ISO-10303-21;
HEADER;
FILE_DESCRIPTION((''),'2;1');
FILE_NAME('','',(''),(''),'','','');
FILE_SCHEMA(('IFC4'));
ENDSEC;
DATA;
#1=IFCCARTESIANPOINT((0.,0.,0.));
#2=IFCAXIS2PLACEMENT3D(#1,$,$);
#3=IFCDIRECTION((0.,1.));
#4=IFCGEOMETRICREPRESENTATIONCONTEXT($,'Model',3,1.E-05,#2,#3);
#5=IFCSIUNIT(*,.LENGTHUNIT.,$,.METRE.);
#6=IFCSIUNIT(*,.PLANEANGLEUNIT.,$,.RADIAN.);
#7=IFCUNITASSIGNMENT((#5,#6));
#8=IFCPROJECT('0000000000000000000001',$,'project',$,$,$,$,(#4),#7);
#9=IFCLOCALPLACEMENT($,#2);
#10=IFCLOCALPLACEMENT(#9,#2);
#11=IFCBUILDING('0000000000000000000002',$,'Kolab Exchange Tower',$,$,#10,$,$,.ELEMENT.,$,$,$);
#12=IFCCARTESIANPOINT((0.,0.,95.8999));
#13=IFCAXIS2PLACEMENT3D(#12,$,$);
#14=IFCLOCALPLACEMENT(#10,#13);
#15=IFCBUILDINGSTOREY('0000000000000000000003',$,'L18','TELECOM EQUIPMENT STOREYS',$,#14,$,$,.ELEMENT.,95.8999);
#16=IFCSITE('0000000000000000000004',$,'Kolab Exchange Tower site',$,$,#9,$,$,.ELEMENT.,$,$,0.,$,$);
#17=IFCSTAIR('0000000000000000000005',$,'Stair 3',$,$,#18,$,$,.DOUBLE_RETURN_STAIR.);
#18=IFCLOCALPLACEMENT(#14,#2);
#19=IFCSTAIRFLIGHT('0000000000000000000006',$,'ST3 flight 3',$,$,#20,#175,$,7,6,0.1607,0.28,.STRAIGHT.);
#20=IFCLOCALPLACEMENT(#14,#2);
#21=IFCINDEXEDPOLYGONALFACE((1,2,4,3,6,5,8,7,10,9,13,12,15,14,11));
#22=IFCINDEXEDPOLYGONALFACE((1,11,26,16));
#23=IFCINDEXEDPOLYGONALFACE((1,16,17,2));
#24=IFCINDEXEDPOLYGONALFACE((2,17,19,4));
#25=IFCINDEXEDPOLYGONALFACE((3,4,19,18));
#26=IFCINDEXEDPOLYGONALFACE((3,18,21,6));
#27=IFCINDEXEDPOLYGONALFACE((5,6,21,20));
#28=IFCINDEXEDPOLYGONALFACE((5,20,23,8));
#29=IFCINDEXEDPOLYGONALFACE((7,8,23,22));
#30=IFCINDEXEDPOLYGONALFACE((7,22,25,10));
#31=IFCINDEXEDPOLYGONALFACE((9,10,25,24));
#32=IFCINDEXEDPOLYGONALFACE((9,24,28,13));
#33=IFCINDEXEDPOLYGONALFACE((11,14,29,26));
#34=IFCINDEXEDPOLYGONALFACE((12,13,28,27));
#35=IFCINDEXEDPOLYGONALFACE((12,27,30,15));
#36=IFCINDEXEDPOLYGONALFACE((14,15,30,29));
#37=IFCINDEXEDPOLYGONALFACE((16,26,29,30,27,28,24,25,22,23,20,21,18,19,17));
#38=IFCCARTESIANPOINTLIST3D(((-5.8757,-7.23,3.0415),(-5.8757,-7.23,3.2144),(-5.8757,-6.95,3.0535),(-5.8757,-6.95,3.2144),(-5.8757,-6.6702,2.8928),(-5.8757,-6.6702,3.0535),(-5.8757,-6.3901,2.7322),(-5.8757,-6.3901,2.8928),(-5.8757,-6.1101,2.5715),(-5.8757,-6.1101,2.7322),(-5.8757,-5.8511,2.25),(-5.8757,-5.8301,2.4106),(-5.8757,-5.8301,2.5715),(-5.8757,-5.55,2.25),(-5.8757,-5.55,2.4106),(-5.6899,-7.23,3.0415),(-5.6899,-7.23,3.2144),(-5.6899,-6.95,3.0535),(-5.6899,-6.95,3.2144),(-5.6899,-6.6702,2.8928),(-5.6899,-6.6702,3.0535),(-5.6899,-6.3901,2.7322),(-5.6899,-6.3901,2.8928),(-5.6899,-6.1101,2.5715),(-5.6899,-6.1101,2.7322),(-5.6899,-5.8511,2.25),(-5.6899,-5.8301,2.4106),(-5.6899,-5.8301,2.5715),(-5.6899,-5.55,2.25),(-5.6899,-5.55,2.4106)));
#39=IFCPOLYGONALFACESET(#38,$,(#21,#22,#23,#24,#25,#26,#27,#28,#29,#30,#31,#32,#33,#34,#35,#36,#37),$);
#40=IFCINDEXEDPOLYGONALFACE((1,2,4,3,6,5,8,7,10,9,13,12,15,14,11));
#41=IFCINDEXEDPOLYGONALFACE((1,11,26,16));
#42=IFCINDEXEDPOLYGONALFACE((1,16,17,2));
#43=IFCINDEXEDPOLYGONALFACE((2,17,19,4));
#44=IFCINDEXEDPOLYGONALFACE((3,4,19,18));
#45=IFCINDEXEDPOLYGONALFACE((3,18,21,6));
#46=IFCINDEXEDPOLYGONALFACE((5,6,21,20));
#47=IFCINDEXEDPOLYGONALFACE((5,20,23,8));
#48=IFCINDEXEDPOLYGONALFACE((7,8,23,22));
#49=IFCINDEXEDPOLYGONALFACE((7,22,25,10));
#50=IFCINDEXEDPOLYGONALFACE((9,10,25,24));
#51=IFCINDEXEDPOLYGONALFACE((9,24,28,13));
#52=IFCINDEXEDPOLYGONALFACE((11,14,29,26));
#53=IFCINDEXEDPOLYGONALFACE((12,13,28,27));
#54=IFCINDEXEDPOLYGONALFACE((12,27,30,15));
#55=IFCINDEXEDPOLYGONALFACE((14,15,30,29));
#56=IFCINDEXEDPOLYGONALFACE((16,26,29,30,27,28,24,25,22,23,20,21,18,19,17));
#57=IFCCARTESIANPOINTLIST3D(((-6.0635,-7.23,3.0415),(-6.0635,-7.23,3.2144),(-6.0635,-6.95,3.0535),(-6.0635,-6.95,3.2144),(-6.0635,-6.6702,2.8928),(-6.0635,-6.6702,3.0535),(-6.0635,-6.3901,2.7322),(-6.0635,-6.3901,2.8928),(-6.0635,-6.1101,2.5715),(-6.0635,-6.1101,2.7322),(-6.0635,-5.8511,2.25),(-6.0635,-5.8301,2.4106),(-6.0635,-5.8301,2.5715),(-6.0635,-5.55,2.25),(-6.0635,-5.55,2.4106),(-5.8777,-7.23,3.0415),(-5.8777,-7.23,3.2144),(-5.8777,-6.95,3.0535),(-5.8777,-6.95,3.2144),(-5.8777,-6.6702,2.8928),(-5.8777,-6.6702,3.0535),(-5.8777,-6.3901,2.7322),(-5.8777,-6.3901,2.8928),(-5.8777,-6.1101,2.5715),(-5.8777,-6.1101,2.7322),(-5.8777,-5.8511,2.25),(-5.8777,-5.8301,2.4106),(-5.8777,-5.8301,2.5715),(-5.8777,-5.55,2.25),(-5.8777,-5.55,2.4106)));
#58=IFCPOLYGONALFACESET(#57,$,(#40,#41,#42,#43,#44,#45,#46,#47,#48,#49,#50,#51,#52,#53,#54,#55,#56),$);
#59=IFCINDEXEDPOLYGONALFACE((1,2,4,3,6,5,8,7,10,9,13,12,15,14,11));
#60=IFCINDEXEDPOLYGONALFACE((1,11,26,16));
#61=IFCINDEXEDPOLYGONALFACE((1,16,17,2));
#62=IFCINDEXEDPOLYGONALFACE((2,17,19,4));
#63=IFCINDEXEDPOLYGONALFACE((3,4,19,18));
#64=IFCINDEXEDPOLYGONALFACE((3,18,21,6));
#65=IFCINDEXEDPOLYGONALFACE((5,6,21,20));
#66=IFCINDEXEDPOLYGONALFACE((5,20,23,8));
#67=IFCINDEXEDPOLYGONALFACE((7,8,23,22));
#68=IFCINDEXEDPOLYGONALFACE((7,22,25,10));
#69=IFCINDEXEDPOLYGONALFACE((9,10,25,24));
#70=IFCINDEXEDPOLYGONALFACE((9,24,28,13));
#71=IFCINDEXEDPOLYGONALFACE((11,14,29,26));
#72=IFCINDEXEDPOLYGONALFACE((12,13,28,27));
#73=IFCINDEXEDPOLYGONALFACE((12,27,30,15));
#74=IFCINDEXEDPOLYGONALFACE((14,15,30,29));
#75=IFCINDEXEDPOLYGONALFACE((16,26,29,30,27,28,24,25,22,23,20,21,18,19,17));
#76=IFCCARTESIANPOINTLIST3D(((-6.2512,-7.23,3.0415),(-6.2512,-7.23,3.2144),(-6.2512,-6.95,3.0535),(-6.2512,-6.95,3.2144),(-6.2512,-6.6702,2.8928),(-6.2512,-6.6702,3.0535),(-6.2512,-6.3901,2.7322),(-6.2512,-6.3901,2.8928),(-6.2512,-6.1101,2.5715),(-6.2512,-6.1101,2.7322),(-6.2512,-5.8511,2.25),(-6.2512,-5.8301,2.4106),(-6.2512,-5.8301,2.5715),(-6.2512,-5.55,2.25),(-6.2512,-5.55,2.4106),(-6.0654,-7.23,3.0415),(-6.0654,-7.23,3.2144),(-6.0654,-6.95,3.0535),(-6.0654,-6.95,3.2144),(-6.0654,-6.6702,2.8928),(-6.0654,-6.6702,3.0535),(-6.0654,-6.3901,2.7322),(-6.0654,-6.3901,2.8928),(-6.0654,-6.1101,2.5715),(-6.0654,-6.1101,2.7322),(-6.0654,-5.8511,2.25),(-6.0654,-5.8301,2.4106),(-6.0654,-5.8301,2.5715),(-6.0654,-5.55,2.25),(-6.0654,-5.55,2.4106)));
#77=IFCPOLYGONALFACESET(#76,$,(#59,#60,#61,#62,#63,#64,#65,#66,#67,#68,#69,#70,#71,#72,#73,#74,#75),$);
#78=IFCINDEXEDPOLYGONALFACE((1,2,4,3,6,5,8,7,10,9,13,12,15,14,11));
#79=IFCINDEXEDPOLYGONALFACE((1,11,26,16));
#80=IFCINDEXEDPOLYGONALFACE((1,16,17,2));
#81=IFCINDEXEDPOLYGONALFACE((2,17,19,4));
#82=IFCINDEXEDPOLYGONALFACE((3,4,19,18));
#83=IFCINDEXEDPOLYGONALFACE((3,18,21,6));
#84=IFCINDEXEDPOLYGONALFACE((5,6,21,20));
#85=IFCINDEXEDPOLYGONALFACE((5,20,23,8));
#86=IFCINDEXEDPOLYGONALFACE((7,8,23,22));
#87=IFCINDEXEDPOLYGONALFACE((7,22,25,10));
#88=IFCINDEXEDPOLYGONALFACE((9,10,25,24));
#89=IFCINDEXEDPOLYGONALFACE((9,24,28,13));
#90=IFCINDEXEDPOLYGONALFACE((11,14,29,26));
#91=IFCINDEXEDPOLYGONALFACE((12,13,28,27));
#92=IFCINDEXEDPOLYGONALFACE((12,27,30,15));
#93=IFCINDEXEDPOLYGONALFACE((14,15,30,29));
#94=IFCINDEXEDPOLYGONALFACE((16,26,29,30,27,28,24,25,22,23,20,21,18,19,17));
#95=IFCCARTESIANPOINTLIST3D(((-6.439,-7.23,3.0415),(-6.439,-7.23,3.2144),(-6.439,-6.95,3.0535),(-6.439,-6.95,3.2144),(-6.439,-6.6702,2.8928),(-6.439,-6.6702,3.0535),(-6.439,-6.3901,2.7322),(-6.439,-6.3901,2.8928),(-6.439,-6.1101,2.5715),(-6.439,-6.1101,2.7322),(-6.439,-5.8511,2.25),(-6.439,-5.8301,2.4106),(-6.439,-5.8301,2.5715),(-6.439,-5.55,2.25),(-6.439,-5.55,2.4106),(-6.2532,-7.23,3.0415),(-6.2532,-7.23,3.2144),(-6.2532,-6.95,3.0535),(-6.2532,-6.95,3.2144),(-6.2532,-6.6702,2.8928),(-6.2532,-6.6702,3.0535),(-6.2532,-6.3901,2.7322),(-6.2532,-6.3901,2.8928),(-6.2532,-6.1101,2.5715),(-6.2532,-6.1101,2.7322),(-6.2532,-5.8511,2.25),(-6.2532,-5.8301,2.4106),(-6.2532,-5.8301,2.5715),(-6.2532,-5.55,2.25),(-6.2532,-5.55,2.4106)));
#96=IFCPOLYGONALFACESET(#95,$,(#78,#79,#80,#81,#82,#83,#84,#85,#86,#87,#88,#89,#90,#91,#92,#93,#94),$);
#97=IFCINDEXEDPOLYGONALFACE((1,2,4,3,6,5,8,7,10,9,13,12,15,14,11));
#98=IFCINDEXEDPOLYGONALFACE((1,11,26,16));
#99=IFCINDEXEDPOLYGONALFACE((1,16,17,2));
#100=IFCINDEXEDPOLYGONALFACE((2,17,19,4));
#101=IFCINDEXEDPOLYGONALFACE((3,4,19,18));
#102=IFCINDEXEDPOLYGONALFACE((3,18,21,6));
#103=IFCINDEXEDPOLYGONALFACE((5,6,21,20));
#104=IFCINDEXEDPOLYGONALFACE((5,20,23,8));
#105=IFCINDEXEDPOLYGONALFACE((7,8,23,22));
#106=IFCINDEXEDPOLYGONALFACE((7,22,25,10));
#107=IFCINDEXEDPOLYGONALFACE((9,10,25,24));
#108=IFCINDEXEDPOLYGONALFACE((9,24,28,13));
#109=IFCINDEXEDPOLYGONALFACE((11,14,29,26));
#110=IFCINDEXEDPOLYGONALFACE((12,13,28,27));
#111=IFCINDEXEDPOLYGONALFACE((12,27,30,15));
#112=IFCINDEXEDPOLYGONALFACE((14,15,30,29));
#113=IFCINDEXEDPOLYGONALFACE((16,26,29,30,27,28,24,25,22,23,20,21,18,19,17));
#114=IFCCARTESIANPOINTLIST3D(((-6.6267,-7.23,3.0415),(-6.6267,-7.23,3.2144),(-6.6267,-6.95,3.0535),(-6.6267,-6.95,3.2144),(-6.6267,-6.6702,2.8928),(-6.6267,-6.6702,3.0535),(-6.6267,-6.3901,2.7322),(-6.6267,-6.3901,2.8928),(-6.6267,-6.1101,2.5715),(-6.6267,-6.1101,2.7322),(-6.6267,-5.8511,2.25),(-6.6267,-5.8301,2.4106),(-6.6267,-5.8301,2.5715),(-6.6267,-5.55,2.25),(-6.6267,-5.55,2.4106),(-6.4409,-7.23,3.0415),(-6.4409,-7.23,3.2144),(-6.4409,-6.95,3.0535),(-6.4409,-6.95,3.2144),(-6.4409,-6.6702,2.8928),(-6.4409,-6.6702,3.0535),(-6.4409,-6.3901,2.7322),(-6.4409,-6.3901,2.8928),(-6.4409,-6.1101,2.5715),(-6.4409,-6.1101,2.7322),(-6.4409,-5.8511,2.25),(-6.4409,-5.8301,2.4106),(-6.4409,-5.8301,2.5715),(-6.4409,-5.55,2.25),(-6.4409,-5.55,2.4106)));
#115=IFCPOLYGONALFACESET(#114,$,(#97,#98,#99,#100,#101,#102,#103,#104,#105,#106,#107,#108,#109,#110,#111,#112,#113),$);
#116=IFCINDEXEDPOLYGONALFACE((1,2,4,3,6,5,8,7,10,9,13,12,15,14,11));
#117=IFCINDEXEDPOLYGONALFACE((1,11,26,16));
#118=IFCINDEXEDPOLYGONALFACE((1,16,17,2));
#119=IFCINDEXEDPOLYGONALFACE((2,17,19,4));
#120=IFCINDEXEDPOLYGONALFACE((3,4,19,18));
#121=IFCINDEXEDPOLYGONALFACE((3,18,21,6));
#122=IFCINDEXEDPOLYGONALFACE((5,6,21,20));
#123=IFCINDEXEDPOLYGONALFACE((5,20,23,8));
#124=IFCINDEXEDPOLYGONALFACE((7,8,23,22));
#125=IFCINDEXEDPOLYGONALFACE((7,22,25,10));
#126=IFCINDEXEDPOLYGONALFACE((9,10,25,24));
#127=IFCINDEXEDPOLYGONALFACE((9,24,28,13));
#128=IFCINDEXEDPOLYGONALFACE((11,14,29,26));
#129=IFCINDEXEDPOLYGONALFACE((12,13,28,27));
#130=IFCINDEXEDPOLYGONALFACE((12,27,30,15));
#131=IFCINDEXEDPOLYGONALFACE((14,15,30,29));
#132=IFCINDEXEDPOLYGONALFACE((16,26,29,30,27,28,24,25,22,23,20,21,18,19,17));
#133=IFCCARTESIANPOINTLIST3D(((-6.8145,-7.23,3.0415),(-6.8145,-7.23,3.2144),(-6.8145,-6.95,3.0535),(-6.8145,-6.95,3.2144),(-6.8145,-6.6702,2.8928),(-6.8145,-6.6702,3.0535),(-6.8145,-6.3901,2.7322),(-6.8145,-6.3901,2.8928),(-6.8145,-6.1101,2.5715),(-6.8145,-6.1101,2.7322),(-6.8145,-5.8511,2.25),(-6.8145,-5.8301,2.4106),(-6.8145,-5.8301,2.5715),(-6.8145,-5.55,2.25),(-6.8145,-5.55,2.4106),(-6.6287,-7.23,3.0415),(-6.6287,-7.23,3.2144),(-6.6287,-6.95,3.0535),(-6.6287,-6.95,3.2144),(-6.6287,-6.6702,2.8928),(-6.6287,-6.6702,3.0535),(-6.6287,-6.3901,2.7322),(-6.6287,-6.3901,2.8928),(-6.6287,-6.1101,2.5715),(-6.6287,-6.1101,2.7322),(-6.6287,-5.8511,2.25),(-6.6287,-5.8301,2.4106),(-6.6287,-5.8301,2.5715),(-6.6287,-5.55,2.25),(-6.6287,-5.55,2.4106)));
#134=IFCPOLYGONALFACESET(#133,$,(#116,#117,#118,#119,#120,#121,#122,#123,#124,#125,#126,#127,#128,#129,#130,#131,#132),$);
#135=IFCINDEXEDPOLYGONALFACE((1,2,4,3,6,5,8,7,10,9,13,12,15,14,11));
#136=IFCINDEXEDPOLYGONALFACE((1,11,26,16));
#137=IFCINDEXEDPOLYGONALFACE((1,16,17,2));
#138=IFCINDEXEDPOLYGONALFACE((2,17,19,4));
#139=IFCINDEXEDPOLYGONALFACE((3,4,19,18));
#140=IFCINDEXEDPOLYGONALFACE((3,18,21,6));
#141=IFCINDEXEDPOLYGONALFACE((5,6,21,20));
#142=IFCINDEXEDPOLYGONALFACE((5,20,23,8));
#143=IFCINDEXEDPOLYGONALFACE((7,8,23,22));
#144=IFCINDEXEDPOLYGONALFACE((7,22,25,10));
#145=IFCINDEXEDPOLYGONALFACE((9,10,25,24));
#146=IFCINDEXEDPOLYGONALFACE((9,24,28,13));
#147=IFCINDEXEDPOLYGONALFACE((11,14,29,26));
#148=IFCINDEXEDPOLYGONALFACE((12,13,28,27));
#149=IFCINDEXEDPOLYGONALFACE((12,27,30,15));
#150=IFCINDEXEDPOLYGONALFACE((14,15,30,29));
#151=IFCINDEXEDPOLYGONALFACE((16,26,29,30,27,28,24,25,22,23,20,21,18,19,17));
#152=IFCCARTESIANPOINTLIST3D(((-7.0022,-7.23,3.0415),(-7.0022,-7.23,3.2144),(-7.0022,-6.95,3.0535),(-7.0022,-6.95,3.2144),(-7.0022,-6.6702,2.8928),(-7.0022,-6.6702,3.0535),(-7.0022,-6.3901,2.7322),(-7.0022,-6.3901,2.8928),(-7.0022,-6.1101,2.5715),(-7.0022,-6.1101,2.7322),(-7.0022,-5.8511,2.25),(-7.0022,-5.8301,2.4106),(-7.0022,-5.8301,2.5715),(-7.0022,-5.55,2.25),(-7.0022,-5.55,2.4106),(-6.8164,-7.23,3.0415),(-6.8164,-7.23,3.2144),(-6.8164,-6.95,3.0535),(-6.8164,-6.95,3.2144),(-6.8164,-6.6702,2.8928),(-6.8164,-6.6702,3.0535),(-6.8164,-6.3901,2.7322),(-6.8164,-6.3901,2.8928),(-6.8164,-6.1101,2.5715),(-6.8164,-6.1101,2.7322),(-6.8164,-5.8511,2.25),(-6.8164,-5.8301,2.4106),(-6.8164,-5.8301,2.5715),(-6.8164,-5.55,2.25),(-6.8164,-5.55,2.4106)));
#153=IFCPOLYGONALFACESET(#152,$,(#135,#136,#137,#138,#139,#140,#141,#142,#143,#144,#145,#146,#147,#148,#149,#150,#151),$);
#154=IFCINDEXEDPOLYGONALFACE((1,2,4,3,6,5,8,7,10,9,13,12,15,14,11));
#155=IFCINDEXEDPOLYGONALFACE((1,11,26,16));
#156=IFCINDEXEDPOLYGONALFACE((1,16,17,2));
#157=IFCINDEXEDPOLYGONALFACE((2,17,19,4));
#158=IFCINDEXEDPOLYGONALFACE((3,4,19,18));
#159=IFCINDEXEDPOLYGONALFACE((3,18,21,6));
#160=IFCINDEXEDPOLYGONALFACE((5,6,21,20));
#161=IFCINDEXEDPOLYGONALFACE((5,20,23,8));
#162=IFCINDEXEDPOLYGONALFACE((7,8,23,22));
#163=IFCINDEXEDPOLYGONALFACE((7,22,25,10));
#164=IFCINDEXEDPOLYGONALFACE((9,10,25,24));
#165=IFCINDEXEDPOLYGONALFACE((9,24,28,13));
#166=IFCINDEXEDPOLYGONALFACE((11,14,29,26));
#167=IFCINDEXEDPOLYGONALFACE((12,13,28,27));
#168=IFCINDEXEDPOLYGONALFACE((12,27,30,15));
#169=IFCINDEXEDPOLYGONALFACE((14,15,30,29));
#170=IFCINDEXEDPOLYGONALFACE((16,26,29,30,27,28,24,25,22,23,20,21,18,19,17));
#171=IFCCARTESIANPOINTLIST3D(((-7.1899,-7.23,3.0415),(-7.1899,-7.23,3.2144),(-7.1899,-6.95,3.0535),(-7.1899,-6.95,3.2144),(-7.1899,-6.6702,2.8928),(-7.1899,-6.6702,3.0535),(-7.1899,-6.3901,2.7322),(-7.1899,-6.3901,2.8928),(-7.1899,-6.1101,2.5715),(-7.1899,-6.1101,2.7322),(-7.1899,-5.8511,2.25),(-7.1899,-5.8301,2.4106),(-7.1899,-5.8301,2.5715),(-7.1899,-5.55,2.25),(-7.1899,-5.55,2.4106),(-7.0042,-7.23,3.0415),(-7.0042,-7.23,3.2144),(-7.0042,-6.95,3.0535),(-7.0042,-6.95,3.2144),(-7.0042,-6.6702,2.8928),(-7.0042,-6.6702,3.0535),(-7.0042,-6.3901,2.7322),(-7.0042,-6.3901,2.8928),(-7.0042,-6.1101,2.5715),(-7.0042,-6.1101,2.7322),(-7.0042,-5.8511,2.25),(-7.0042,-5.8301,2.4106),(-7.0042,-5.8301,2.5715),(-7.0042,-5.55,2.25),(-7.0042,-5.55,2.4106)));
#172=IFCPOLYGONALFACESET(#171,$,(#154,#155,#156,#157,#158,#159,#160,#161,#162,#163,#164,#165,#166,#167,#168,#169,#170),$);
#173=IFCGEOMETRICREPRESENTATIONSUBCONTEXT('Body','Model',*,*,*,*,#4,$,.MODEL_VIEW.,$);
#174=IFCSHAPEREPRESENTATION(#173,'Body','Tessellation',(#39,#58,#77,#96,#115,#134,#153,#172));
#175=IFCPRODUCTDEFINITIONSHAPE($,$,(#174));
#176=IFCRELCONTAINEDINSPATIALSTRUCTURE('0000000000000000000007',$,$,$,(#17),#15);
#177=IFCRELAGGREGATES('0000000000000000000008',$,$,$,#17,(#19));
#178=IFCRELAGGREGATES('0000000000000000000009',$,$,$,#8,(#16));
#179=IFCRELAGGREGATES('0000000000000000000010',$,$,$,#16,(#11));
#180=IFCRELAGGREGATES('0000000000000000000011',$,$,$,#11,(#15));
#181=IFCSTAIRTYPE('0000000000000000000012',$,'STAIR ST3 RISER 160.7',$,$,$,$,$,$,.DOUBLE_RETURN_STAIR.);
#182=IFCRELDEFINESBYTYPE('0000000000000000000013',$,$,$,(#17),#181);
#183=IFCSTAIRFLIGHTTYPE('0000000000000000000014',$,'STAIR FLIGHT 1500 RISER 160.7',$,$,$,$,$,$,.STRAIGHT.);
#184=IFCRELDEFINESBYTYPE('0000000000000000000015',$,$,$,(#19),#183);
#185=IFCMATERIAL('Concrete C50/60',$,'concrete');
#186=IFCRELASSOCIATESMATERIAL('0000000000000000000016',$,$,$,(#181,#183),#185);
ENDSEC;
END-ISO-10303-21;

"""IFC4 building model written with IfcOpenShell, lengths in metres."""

from ifc_helpers import new_model, si_unit, direction, frame, origin, place, context, subcontext, project, spatial, polyline, outline, extrude, material, type_object, element, aggregate, save


model = new_model("IFC4")

# Units and contexts
model_context = context("Model", 3, precision=1e-05, world=origin(), true_north=direction((0.0, 1.0)))
body_context = subcontext(model_context, "Body", "Model", "MODEL_VIEW")
ifc_project = project(units=[si_unit("LENGTHUNIT", "METRE"), si_unit("PLANEANGLEUNIT", "RADIAN")], contexts=[model_context])

# Site, building, storey
site_placement = place(None, origin())
site = spatial("IfcSite", under=ifc_project, at=site_placement, Name="Kolab Exchange Tower site", CompositionType="ELEMENT", RefElevation=0.0)
building_placement = place(site_placement, origin())
building = spatial("IfcBuilding", under=site, at=building_placement, Name="Kolab Exchange Tower", CompositionType="ELEMENT")
storey_placement = place(building_placement, frame((0.0, 0.0, 95.8999)))
storey = spatial("IfcBuildingStorey", under=building, at=storey_placement, Name="L18", Description="TELECOM EQUIPMENT STOREYS", CompositionType="ELEMENT", Elevation=95.8999)

# Shared definitions
ifc_material_1 = material(Name="Concrete C50/60", Category="concrete")

# Stair, stair flight
stair_type = type_object("IfcStairType", Name="STAIR ST3 RISER 160.7", PredefinedType="DOUBLE_RETURN_STAIR", material=ifc_material_1)
stair_placement = place(storey_placement, origin())
stair = element("IfcStair", 1, at=stair_placement, inside=storey, type_object=stair_type, Name="Stair 3", PredefinedType="DOUBLE_RETURN_STAIR")
stair_flight_type = type_object("IfcStairFlightType", Name="STAIR FLIGHT 1500 RISER 160.7", PredefinedType="STRAIGHT", material=ifc_material_1)
stair_flight_1_placement = place(storey_placement, frame((-6.4399, -5.55, 2.25), z_axis=(0.0, 0.0, 1.0), x_axis=(0.0, -1.0, 0.0)))
stair_flight_1 = element("IfcStairFlight", 2, at=stair_flight_1_placement, type_object=stair_flight_type, Name="ST3 flight 3", NumberOfRisers=7, NumberOfTreads=6, PredefinedType="STRAIGHT", RiserHeight=0.1607, TreadLength=0.28, context=body_context, shape_type="SweptSolid", body=[
    extrude(outline(polyline([(0.0, 0.0), (0.0, 0.1606), (0.28, 0.1606), (0.28, 0.3215), (0.5601, 0.3215), (0.5601, 0.4822), (0.8401, 0.4822), (0.8401, 0.6428), (1.1201, 0.6428), (1.1201, 0.8035), (1.3999, 0.8035), (1.3999, 0.9644), (1.6799, 0.9644), (1.6799, 1.125), (1.6799, 0.7915), (0.301, 0.0), (0.0, 0.0)])), frame((0.0, 0.75, 0.0), z_axis=(0.0, -1.0, 0.0), x_axis=(1.0, 0.0, 0.0)), (0.0, 0.0, 1.0), 0.1858),
    extrude(outline(polyline([(0.0, 0.0), (0.0, 0.1606), (0.28, 0.1606), (0.28, 0.3215), (0.5601, 0.3215), (0.5601, 0.4822), (0.8401, 0.4822), (0.8401, 0.6428), (1.1201, 0.6428), (1.1201, 0.8035), (1.3999, 0.8035), (1.3999, 0.9644), (1.6799, 0.9644), (1.6799, 1.125), (1.6799, 0.7915), (0.301, 0.0), (0.0, 0.0)])), frame((0.0, 0.5623, 0.0), z_axis=(0.0, -1.0, 0.0), x_axis=(1.0, 0.0, 0.0)), (0.0, 0.0, 1.0), 0.1858),
    extrude(outline(polyline([(0.0, 0.0), (0.0, 0.1606), (0.28, 0.1606), (0.28, 0.3215), (0.5601, 0.3215), (0.5601, 0.4822), (0.8401, 0.4822), (0.8401, 0.6428), (1.1201, 0.6428), (1.1201, 0.8035), (1.3999, 0.8035), (1.3999, 0.9644), (1.6799, 0.9644), (1.6799, 1.125), (1.6799, 0.7915), (0.301, 0.0), (0.0, 0.0)])), frame((0.0, 0.3745, 0.0), z_axis=(0.0, -1.0, 0.0), x_axis=(1.0, 0.0, 0.0)), (0.0, 0.0, 1.0), 0.1858),
    extrude(outline(polyline([(0.0, 0.0), (0.0, 0.1606), (0.28, 0.1606), (0.28, 0.3215), (0.5601, 0.3215), (0.5601, 0.4822), (0.8401, 0.4822), (0.8401, 0.6428), (1.1201, 0.6428), (1.1201, 0.8035), (1.3999, 0.8035), (1.3999, 0.9644), (1.6799, 0.9644), (1.6799, 1.125), (1.6799, 0.7915), (0.301, 0.0), (0.0, 0.0)])), frame((0.0, 0.1868, 0.0), z_axis=(0.0, -1.0, 0.0), x_axis=(1.0, 0.0, 0.0)), (0.0, 0.0, 1.0), 0.1858),
    extrude(outline(polyline([(0.0, 0.0), (0.0, 0.1606), (0.28, 0.1606), (0.28, 0.3215), (0.5601, 0.3215), (0.5601, 0.4822), (0.8401, 0.4822), (0.8401, 0.6428), (1.1201, 0.6428), (1.1201, 0.8035), (1.3999, 0.8035), (1.3999, 0.9644), (1.6799, 0.9644), (1.6799, 1.125), (1.6799, 0.7915), (0.301, 0.0), (0.0, 0.0)])), frame((0.0, -0.001, 0.0), z_axis=(0.0, -1.0, 0.0), x_axis=(1.0, 0.0, 0.0)), (0.0, 0.0, 1.0), 0.1858),
    extrude(outline(polyline([(0.0, 0.0), (0.0, 0.1606), (0.28, 0.1606), (0.28, 0.3215), (0.5601, 0.3215), (0.5601, 0.4822), (0.8401, 0.4822), (0.8401, 0.6428), (1.1201, 0.6428), (1.1201, 0.8035), (1.3999, 0.8035), (1.3999, 0.9644), (1.6799, 0.9644), (1.6799, 1.125), (1.6799, 0.7915), (0.301, 0.0), (0.0, 0.0)])), frame((0.0, -0.1887, 0.0), z_axis=(0.0, -1.0, 0.0), x_axis=(1.0, 0.0, 0.0)), (0.0, 0.0, 1.0), 0.1858),
    extrude(outline(polyline([(0.0, 0.0), (0.0, 0.1606), (0.28, 0.1606), (0.28, 0.3215), (0.5601, 0.3215), (0.5601, 0.4822), (0.8401, 0.4822), (0.8401, 0.6428), (1.1201, 0.6428), (1.1201, 0.8035), (1.3999, 0.8035), (1.3999, 0.9644), (1.6799, 0.9644), (1.6799, 1.125), (1.6799, 0.7915), (0.301, 0.0), (0.0, 0.0)])), frame((0.0, -0.3765, 0.0), z_axis=(0.0, -1.0, 0.0), x_axis=(1.0, 0.0, 0.0)), (0.0, 0.0, 1.0), 0.1858),
    extrude(outline(polyline([(0.0, 0.0), (0.0, 0.1606), (0.28, 0.1606), (0.28, 0.3215), (0.5601, 0.3215), (0.5601, 0.4822), (0.8401, 0.4822), (0.8401, 0.6428), (1.1201, 0.6428), (1.1201, 0.8035), (1.3999, 0.8035), (1.3999, 0.9644), (1.6799, 0.9644), (1.6799, 1.125), (1.6799, 0.7915), (0.301, 0.0), (0.0, 0.0)])), frame((0.0, -0.5642, 0.0), z_axis=(0.0, -1.0, 0.0), x_axis=(1.0, 0.0, 0.0)), (0.0, 0.0, 1.0), 0.1858),
])
aggregate(stair, [stair_flight_1])

save(model, "model.ifc")
